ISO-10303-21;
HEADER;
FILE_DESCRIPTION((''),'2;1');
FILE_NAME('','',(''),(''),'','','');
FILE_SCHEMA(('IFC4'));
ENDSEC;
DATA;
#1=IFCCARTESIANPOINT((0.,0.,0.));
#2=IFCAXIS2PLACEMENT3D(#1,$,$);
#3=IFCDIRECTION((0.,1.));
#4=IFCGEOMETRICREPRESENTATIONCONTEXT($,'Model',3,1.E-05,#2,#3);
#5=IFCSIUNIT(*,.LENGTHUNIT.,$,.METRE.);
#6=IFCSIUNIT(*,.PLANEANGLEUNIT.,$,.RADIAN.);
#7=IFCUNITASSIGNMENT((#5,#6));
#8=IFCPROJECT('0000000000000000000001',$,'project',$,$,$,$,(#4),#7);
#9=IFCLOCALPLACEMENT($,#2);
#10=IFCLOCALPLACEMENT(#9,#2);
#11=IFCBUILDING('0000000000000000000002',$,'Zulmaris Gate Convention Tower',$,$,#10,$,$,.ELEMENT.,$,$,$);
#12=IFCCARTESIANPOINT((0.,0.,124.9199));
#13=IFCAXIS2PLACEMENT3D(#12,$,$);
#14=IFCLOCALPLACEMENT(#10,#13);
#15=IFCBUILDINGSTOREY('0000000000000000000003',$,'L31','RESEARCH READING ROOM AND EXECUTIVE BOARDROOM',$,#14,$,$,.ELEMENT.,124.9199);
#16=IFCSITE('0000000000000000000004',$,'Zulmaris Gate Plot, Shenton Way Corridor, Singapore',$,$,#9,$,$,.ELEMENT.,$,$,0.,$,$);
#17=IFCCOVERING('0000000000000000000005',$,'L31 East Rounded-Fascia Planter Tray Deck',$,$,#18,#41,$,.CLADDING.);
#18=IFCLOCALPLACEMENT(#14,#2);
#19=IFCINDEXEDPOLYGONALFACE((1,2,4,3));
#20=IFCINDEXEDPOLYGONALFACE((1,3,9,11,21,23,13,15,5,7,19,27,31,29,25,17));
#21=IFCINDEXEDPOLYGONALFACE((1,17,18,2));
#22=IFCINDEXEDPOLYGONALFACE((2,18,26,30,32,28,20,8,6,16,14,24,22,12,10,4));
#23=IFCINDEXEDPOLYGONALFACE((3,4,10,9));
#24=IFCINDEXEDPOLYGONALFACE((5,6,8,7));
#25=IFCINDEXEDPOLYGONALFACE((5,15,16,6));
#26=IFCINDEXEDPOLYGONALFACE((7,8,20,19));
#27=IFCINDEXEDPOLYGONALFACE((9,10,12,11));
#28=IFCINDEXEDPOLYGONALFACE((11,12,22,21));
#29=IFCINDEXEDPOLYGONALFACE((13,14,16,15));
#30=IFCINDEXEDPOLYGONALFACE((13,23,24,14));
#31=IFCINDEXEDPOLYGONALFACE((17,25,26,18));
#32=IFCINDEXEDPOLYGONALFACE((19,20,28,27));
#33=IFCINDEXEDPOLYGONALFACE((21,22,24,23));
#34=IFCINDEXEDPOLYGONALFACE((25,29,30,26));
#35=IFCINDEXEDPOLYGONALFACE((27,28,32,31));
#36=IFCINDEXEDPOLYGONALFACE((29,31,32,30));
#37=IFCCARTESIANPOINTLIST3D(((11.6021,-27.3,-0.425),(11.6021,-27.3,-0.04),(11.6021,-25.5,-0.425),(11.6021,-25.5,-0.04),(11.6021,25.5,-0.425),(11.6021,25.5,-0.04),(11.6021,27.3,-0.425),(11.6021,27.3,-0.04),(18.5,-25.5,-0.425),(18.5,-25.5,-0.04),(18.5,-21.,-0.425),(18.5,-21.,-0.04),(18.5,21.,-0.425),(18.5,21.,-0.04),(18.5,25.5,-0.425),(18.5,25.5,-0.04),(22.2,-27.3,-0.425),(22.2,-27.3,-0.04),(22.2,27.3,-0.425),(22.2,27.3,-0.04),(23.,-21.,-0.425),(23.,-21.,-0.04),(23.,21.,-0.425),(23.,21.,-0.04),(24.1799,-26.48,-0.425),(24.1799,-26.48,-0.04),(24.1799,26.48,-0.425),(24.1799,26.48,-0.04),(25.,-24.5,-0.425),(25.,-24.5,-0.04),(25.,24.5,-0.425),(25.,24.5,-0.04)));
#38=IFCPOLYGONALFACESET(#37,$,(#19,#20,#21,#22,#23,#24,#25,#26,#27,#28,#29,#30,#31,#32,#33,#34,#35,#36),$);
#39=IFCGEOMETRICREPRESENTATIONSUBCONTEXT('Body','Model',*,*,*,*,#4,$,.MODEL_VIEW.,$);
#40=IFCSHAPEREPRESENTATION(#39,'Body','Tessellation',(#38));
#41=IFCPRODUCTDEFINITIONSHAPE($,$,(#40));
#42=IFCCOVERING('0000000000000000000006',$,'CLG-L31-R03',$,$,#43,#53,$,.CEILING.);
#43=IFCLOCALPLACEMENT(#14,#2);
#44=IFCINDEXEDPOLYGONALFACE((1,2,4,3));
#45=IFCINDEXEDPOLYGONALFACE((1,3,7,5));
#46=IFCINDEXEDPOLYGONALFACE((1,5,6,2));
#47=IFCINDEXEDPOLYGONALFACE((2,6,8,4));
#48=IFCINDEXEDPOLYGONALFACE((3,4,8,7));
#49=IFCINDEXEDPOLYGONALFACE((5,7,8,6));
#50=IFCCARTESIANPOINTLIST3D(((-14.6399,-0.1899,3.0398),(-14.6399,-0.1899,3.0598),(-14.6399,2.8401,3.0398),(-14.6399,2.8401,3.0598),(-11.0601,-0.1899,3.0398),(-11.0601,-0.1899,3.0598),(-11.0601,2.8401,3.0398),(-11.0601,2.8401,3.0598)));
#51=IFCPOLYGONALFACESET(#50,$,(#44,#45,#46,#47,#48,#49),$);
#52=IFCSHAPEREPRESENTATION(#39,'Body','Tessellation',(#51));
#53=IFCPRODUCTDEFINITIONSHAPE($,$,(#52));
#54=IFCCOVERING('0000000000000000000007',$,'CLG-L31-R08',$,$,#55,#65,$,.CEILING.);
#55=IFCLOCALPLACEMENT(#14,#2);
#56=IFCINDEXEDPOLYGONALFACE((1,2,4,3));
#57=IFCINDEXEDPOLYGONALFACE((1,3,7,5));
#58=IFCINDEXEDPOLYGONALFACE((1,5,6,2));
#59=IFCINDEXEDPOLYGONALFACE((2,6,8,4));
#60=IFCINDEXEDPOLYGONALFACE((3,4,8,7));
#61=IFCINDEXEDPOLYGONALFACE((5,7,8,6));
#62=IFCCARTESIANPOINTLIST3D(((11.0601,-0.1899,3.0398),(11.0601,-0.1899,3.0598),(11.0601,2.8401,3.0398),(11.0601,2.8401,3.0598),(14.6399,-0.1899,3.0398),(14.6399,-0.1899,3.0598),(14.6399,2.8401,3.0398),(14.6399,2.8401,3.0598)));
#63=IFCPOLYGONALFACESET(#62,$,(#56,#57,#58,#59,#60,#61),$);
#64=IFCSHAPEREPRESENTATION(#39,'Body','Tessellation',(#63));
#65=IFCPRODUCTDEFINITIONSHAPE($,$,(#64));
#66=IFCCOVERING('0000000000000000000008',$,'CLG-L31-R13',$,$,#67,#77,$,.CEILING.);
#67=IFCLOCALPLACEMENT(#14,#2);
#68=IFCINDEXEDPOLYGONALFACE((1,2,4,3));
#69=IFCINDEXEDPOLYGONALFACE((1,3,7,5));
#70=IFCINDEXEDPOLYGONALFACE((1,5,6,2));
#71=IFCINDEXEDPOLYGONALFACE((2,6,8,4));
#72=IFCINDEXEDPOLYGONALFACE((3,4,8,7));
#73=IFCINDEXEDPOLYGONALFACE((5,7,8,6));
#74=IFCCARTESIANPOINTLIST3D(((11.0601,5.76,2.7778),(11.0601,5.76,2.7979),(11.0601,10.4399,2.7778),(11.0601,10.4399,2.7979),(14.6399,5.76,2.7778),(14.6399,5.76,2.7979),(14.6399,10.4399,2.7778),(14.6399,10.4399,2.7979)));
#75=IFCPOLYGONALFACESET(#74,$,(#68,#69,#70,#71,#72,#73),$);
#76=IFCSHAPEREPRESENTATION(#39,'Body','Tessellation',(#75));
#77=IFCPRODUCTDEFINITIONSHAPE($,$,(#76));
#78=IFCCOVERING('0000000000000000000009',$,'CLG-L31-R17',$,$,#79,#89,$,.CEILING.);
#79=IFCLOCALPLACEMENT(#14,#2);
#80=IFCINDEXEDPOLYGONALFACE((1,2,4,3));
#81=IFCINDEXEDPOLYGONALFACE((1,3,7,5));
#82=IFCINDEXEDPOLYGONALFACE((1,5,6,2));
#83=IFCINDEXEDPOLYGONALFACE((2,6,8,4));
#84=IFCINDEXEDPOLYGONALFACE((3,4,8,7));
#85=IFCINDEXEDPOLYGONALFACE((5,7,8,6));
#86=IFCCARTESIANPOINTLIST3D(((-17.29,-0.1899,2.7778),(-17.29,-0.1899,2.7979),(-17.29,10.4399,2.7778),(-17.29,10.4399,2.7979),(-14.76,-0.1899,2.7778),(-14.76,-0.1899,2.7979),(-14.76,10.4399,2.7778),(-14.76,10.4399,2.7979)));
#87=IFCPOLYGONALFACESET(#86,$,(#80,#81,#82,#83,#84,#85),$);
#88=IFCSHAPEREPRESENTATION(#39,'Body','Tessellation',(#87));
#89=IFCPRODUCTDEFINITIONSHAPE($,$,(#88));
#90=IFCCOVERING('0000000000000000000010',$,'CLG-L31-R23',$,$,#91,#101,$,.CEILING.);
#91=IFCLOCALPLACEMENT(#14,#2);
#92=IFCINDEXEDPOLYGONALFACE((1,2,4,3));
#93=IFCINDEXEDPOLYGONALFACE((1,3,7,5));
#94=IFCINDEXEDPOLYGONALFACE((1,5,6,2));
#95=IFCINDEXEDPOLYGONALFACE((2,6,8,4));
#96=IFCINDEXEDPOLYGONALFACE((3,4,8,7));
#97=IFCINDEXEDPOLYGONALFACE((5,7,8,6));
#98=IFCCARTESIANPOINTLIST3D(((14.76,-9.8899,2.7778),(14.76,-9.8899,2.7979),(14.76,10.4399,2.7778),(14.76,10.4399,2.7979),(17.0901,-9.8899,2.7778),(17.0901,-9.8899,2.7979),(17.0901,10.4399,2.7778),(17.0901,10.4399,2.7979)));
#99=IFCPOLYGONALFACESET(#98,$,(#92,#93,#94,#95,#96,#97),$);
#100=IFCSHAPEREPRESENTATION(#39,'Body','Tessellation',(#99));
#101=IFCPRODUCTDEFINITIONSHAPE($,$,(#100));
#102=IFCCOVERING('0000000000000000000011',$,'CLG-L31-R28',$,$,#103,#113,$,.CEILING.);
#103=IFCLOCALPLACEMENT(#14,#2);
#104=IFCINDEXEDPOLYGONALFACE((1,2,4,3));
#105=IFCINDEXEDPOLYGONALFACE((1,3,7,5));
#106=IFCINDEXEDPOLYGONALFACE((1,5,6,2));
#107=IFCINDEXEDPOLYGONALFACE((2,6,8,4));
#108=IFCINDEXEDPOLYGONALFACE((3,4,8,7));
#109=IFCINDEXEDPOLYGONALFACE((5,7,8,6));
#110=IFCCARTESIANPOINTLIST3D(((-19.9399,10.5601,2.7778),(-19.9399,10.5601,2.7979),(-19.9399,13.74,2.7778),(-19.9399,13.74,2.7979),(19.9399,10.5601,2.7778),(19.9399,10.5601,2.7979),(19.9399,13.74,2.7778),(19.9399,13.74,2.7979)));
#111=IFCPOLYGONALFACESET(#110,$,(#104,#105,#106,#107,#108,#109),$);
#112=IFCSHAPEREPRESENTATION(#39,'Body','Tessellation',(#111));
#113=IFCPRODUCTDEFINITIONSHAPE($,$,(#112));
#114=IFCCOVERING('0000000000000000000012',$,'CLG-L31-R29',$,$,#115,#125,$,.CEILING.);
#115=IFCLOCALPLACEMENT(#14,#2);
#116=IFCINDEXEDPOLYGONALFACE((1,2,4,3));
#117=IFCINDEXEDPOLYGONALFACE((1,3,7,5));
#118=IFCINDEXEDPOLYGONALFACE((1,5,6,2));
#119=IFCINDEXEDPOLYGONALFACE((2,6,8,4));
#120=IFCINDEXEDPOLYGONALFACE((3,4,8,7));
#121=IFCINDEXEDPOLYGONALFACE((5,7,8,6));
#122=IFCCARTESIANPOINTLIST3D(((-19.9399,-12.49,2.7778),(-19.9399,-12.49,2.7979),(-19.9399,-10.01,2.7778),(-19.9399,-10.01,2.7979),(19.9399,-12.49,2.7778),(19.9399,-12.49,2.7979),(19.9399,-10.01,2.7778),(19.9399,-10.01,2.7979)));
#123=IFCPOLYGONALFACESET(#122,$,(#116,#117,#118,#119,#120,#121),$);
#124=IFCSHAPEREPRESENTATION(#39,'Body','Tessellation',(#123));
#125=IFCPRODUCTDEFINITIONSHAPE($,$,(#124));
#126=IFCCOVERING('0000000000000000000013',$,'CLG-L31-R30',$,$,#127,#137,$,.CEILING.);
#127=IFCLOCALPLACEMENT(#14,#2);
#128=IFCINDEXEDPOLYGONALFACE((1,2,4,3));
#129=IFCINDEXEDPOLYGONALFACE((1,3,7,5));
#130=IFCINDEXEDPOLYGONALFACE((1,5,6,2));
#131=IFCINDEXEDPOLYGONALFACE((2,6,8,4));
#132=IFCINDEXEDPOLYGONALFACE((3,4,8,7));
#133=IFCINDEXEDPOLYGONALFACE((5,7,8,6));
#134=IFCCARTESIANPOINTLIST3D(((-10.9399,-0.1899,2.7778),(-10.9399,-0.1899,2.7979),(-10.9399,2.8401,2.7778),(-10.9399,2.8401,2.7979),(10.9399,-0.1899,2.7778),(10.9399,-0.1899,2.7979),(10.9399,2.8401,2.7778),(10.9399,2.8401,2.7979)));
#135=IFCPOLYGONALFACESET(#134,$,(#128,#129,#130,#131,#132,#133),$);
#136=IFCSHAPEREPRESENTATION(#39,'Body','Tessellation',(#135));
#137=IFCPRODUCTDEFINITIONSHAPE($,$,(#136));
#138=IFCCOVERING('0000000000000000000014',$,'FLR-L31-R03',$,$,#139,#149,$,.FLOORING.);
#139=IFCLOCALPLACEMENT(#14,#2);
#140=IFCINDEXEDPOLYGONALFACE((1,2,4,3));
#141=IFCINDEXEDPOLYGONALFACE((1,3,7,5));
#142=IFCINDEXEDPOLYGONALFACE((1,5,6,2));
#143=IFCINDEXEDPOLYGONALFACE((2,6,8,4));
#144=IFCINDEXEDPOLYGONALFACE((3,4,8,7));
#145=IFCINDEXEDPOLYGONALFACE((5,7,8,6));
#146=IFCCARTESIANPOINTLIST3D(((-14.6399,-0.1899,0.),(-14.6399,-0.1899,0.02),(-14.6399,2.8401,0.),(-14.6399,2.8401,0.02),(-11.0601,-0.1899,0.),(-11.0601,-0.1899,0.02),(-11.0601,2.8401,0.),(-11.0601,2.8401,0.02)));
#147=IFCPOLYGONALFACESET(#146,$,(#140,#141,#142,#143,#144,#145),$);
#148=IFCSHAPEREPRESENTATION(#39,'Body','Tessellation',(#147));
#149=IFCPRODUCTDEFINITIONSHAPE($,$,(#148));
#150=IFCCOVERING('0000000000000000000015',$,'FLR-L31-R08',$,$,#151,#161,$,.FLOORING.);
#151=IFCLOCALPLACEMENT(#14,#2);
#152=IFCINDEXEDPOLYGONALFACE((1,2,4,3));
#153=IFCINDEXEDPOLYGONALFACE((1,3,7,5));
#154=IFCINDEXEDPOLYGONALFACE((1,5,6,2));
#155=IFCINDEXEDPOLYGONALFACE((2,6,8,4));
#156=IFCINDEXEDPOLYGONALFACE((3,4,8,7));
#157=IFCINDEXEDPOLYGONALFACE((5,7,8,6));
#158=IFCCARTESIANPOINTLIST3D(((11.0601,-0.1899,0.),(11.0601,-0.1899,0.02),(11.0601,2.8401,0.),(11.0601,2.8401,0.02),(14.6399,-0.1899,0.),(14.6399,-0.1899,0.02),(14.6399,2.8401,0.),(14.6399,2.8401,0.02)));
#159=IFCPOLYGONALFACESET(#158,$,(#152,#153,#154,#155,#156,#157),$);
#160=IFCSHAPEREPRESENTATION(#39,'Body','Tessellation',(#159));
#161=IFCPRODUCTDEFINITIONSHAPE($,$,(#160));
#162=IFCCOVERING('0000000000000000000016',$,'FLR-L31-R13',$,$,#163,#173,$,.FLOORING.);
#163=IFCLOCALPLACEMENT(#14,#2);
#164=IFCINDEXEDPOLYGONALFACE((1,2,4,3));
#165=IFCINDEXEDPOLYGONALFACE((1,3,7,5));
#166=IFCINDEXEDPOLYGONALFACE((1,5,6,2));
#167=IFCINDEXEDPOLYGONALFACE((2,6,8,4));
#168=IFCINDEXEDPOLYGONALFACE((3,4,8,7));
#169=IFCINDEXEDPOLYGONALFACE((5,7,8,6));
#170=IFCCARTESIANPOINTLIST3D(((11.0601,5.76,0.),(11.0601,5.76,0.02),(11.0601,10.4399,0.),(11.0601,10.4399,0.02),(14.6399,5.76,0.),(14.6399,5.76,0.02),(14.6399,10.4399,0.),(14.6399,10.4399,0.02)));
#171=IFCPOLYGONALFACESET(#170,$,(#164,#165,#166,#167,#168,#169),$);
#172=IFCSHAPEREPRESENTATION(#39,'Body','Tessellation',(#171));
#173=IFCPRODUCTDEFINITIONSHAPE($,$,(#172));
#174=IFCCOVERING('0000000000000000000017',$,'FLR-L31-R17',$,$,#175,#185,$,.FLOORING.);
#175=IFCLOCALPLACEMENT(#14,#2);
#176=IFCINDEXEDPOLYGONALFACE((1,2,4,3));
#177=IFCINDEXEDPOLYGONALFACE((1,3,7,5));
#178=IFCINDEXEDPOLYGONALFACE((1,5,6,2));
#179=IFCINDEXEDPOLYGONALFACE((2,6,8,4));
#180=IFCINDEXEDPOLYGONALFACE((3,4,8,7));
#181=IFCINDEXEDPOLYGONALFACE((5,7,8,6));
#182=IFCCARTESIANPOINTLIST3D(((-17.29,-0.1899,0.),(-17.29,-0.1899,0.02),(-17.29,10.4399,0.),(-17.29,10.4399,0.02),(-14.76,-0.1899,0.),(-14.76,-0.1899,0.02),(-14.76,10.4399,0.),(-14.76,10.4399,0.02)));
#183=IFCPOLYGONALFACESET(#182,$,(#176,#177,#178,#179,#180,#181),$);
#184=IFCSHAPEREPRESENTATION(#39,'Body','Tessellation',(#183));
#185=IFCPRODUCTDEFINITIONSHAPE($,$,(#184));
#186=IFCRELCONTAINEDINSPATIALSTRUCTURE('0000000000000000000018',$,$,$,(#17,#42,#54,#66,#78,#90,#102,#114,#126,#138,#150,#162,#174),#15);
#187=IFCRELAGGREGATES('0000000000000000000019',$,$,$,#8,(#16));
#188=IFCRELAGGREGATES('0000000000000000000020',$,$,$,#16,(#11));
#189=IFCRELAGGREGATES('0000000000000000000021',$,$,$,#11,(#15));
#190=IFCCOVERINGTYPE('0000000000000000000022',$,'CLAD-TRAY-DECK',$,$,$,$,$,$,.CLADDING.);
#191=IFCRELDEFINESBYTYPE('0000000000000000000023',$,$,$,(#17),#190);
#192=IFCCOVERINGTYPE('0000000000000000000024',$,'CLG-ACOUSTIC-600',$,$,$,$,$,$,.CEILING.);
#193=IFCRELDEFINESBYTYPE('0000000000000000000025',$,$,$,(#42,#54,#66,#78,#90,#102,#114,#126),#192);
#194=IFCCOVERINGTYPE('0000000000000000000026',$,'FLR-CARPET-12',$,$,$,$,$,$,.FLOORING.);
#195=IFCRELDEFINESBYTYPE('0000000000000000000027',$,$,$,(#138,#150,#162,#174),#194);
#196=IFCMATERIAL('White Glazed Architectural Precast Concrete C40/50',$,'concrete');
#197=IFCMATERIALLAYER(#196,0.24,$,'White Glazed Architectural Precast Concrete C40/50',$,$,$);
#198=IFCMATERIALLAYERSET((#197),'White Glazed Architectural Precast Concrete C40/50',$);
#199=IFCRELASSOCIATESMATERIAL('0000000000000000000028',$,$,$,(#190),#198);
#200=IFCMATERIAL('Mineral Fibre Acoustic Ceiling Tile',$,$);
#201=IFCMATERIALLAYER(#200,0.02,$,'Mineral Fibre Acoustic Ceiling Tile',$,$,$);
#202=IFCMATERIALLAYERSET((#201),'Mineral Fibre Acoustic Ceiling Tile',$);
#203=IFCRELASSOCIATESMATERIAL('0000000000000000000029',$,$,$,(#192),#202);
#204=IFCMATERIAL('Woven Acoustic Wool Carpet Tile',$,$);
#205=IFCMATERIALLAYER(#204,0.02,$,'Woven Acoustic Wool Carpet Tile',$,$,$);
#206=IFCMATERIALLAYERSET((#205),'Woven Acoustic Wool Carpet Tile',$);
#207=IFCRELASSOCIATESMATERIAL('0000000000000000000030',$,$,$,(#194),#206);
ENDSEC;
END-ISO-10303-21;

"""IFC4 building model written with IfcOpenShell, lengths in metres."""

from ifc_helpers import new_model, si_unit, direction, frame, origin, place, context, subcontext, project, spatial, polyline, outline, extrude, material, layer, layer_set, type_object, element, save


model = new_model("IFC4")

# Units and contexts
model_context = context("Model", 3, precision=1e-05, world=origin(), true_north=direction((0.0, 1.0)))
body_context = subcontext(model_context, "Body", "Model", "MODEL_VIEW")
ifc_project = project(units=[si_unit("LENGTHUNIT", "METRE"), si_unit("PLANEANGLEUNIT", "RADIAN")], contexts=[model_context])

# Site, building, storey
site_placement = place(None, origin())
site = spatial("IfcSite", under=ifc_project, at=site_placement, Name="Zulmaris Gate Plot, Shenton Way Corridor, Singapore", CompositionType="ELEMENT", RefElevation=0.0)
building_placement = place(site_placement, origin())
building = spatial("IfcBuilding", under=site, at=building_placement, Name="Zulmaris Gate Convention Tower", CompositionType="ELEMENT")
storey_placement = place(building_placement, frame((0.0, 0.0, 124.9199)))
storey = spatial("IfcBuildingStorey", under=building, at=storey_placement, Name="L31", Description="RESEARCH READING ROOM AND EXECUTIVE BOARDROOM", CompositionType="ELEMENT", Elevation=124.9199)

# Coverings
ifc_material_1 = material(Name="White Glazed Architectural Precast Concrete C40/50", Category="concrete")
ifc_layer_1 = layer(ifc_material_1, 0.24, Name="White Glazed Architectural Precast Concrete C40/50")
ifc_layer_set_1 = layer_set([ifc_layer_1], Name="White Glazed Architectural Precast Concrete C40/50")
covering_type_1 = type_object("IfcCoveringType", Name="CLAD-TRAY-DECK", PredefinedType="CLADDING", material=ifc_layer_set_1)
covering_1_placement = place(storey_placement, frame((0.0, 0.0, -0.425)))
element("IfcCovering", 1, at=covering_1_placement, inside=storey, type_object=covering_type_1, Name="L31 East Rounded-Fascia Planter Tray Deck", PredefinedType="CLADDING", context=body_context, shape_type="SweptSolid", body=[
    extrude(outline(polyline([(22.2, 27.3), (24.1799, 26.48), (25.0, 24.5), (25.0, -24.5), (24.1799, -26.48), (22.2, -27.3), (11.6021, -27.3), (11.6021, -25.5), (18.5, -25.5), (18.5, -21.0), (23.0, -21.0), (23.0, 21.0), (18.5, 21.0), (18.5, 25.5), (11.6021, 25.5), (11.6021, 27.3), (22.2, 27.3)])), origin(), (0.0, 0.0, 1.0), 0.385),
])
ifc_material_2 = material(Name="Mineral Fibre Acoustic Ceiling Tile")
ifc_layer_2 = layer(ifc_material_2, 0.02, Name="Mineral Fibre Acoustic Ceiling Tile")
ifc_layer_set_2 = layer_set([ifc_layer_2], Name="Mineral Fibre Acoustic Ceiling Tile")
covering_type_2 = type_object("IfcCoveringType", Name="CLG-ACOUSTIC-600", PredefinedType="CEILING", material=ifc_layer_set_2)
covering_2_placement = place(storey_placement, frame((0.0, 0.0, 3.0398)))
element("IfcCovering", 2, at=covering_2_placement, inside=storey, type_object=covering_type_2, Name="CLG-L31-R03", PredefinedType="CEILING", context=body_context, shape_type="SweptSolid", body=[
    extrude(outline(polyline([(-14.6399, -0.1899), (-11.0601, -0.1899), (-11.0601, 2.8401), (-14.6399, 2.8401), (-14.6399, -0.1899)])), origin(), (0.0, 0.0, 1.0), 0.02),
])
covering_3_placement = place(storey_placement, frame((0.0, 0.0, 3.0398)))
element("IfcCovering", 3, at=covering_3_placement, inside=storey, type_object=covering_type_2, Name="CLG-L31-R08", PredefinedType="CEILING", context=body_context, shape_type="SweptSolid", body=[
    extrude(outline(polyline([(11.0601, -0.1899), (14.6399, -0.1899), (14.6399, 2.8401), (11.0601, 2.8401), (11.0601, -0.1899)])), origin(), (0.0, 0.0, 1.0), 0.02),
])
covering_4_placement = place(storey_placement, frame((0.0, 0.0, 2.7778)))
element("IfcCovering", 4, at=covering_4_placement, inside=storey, type_object=covering_type_2, Name="CLG-L31-R13", PredefinedType="CEILING", context=body_context, shape_type="SweptSolid", body=[
    extrude(outline(polyline([(11.0601, 5.76), (14.6399, 5.76), (14.6399, 10.4399), (11.0601, 10.4399), (11.0601, 5.76)])), origin(), (0.0, 0.0, 1.0), 0.02),
])
covering_5_placement = place(storey_placement, frame((0.0, 0.0, 2.7778)))
element("IfcCovering", 5, at=covering_5_placement, inside=storey, type_object=covering_type_2, Name="CLG-L31-R17", PredefinedType="CEILING", context=body_context, shape_type="SweptSolid", body=[
    extrude(outline(polyline([(-17.29, -0.1899), (-14.76, -0.1899), (-14.76, 10.4399), (-17.29, 10.4399), (-17.29, -0.1899)])), origin(), (0.0, 0.0, 1.0), 0.02),
])
covering_6_placement = place(storey_placement, frame((0.0, 0.0, 2.7778)))
element("IfcCovering", 6, at=covering_6_placement, inside=storey, type_object=covering_type_2, Name="CLG-L31-R23", PredefinedType="CEILING", context=body_context, shape_type="SweptSolid", body=[
    extrude(outline(polyline([(14.76, -9.8899), (17.0901, -9.8899), (17.0901, 10.4399), (14.76, 10.4399), (14.76, -9.8899)])), origin(), (0.0, 0.0, 1.0), 0.02),
])
covering_7_placement = place(storey_placement, frame((0.0, 0.0, 2.7778)))
element("IfcCovering", 7, at=covering_7_placement, inside=storey, type_object=covering_type_2, Name="CLG-L31-R28", PredefinedType="CEILING", context=body_context, shape_type="SweptSolid", body=[
    extrude(outline(polyline([(-19.9399, 10.5601), (19.9399, 10.5601), (19.9399, 13.74), (-19.9399, 13.74), (-19.9399, 10.5601)])), origin(), (0.0, 0.0, 1.0), 0.02),
])
covering_8_placement = place(storey_placement, frame((0.0, 0.0, 2.7778)))
element("IfcCovering", 8, at=covering_8_placement, inside=storey, type_object=covering_type_2, Name="CLG-L31-R29", PredefinedType="CEILING", context=body_context, shape_type="SweptSolid", body=[
    extrude(outline(polyline([(-19.9399, -12.49), (19.9399, -12.49), (19.9399, -10.01), (-19.9399, -10.01), (-19.9399, -12.49)])), origin(), (0.0, 0.0, 1.0), 0.02),
])
covering_9_placement = place(storey_placement, frame((0.0, 0.0, 2.7778)))
element("IfcCovering", 9, at=covering_9_placement, inside=storey, type_object=covering_type_2, Name="CLG-L31-R30", PredefinedType="CEILING", context=body_context, shape_type="SweptSolid", body=[
    extrude(outline(polyline([(-10.9399, -0.1899), (10.9399, -0.1899), (10.9399, 2.8401), (-10.9399, 2.8401), (-10.9399, -0.1899)])), origin(), (0.0, 0.0, 1.0), 0.02),
])
ifc_material_3 = material(Name="Woven Acoustic Wool Carpet Tile")
ifc_layer_3 = layer(ifc_material_3, 0.02, Name="Woven Acoustic Wool Carpet Tile")
ifc_layer_set_3 = layer_set([ifc_layer_3], Name="Woven Acoustic Wool Carpet Tile")
covering_type_3 = type_object("IfcCoveringType", Name="FLR-CARPET-12", PredefinedType="FLOORING", material=ifc_layer_set_3)
covering_10_placement = place(storey_placement, origin())
element("IfcCovering", 10, at=covering_10_placement, inside=storey, type_object=covering_type_3, Name="FLR-L31-R03", PredefinedType="FLOORING", context=body_context, shape_type="SweptSolid", body=[
    extrude(outline(polyline([(-14.6399, -0.1899), (-11.0601, -0.1899), (-11.0601, 2.8401), (-14.6399, 2.8401), (-14.6399, -0.1899)])), origin(), (0.0, 0.0, 1.0), 0.02),
])
covering_11_placement = place(storey_placement, origin())
element("IfcCovering", 11, at=covering_11_placement, inside=storey, type_object=covering_type_3, Name="FLR-L31-R08", PredefinedType="FLOORING", context=body_context, shape_type="SweptSolid", body=[
    extrude(outline(polyline([(11.0601, -0.1899), (14.6399, -0.1899), (14.6399, 2.8401), (11.0601, 2.8401), (11.0601, -0.1899)])), origin(), (0.0, 0.0, 1.0), 0.02),
])
covering_12_placement = place(storey_placement, origin())
element("IfcCovering", 12, at=covering_12_placement, inside=storey, type_object=covering_type_3, Name="FLR-L31-R13", PredefinedType="FLOORING", context=body_context, shape_type="SweptSolid", body=[
    extrude(outline(polyline([(11.0601, 5.76), (14.6399, 5.76), (14.6399, 10.4399), (11.0601, 10.4399), (11.0601, 5.76)])), origin(), (0.0, 0.0, 1.0), 0.02),
])
covering_13_placement = place(storey_placement, origin())
element("IfcCovering", 13, at=covering_13_placement, inside=storey, type_object=covering_type_3, Name="FLR-L31-R17", PredefinedType="FLOORING", context=body_context, shape_type="SweptSolid", body=[
    extrude(outline(polyline([(-17.29, -0.1899), (-14.76, -0.1899), (-14.76, 10.4399), (-17.29, 10.4399), (-17.29, -0.1899)])), origin(), (0.0, 0.0, 1.0), 0.02),
])

save(model, "model.ifc")
